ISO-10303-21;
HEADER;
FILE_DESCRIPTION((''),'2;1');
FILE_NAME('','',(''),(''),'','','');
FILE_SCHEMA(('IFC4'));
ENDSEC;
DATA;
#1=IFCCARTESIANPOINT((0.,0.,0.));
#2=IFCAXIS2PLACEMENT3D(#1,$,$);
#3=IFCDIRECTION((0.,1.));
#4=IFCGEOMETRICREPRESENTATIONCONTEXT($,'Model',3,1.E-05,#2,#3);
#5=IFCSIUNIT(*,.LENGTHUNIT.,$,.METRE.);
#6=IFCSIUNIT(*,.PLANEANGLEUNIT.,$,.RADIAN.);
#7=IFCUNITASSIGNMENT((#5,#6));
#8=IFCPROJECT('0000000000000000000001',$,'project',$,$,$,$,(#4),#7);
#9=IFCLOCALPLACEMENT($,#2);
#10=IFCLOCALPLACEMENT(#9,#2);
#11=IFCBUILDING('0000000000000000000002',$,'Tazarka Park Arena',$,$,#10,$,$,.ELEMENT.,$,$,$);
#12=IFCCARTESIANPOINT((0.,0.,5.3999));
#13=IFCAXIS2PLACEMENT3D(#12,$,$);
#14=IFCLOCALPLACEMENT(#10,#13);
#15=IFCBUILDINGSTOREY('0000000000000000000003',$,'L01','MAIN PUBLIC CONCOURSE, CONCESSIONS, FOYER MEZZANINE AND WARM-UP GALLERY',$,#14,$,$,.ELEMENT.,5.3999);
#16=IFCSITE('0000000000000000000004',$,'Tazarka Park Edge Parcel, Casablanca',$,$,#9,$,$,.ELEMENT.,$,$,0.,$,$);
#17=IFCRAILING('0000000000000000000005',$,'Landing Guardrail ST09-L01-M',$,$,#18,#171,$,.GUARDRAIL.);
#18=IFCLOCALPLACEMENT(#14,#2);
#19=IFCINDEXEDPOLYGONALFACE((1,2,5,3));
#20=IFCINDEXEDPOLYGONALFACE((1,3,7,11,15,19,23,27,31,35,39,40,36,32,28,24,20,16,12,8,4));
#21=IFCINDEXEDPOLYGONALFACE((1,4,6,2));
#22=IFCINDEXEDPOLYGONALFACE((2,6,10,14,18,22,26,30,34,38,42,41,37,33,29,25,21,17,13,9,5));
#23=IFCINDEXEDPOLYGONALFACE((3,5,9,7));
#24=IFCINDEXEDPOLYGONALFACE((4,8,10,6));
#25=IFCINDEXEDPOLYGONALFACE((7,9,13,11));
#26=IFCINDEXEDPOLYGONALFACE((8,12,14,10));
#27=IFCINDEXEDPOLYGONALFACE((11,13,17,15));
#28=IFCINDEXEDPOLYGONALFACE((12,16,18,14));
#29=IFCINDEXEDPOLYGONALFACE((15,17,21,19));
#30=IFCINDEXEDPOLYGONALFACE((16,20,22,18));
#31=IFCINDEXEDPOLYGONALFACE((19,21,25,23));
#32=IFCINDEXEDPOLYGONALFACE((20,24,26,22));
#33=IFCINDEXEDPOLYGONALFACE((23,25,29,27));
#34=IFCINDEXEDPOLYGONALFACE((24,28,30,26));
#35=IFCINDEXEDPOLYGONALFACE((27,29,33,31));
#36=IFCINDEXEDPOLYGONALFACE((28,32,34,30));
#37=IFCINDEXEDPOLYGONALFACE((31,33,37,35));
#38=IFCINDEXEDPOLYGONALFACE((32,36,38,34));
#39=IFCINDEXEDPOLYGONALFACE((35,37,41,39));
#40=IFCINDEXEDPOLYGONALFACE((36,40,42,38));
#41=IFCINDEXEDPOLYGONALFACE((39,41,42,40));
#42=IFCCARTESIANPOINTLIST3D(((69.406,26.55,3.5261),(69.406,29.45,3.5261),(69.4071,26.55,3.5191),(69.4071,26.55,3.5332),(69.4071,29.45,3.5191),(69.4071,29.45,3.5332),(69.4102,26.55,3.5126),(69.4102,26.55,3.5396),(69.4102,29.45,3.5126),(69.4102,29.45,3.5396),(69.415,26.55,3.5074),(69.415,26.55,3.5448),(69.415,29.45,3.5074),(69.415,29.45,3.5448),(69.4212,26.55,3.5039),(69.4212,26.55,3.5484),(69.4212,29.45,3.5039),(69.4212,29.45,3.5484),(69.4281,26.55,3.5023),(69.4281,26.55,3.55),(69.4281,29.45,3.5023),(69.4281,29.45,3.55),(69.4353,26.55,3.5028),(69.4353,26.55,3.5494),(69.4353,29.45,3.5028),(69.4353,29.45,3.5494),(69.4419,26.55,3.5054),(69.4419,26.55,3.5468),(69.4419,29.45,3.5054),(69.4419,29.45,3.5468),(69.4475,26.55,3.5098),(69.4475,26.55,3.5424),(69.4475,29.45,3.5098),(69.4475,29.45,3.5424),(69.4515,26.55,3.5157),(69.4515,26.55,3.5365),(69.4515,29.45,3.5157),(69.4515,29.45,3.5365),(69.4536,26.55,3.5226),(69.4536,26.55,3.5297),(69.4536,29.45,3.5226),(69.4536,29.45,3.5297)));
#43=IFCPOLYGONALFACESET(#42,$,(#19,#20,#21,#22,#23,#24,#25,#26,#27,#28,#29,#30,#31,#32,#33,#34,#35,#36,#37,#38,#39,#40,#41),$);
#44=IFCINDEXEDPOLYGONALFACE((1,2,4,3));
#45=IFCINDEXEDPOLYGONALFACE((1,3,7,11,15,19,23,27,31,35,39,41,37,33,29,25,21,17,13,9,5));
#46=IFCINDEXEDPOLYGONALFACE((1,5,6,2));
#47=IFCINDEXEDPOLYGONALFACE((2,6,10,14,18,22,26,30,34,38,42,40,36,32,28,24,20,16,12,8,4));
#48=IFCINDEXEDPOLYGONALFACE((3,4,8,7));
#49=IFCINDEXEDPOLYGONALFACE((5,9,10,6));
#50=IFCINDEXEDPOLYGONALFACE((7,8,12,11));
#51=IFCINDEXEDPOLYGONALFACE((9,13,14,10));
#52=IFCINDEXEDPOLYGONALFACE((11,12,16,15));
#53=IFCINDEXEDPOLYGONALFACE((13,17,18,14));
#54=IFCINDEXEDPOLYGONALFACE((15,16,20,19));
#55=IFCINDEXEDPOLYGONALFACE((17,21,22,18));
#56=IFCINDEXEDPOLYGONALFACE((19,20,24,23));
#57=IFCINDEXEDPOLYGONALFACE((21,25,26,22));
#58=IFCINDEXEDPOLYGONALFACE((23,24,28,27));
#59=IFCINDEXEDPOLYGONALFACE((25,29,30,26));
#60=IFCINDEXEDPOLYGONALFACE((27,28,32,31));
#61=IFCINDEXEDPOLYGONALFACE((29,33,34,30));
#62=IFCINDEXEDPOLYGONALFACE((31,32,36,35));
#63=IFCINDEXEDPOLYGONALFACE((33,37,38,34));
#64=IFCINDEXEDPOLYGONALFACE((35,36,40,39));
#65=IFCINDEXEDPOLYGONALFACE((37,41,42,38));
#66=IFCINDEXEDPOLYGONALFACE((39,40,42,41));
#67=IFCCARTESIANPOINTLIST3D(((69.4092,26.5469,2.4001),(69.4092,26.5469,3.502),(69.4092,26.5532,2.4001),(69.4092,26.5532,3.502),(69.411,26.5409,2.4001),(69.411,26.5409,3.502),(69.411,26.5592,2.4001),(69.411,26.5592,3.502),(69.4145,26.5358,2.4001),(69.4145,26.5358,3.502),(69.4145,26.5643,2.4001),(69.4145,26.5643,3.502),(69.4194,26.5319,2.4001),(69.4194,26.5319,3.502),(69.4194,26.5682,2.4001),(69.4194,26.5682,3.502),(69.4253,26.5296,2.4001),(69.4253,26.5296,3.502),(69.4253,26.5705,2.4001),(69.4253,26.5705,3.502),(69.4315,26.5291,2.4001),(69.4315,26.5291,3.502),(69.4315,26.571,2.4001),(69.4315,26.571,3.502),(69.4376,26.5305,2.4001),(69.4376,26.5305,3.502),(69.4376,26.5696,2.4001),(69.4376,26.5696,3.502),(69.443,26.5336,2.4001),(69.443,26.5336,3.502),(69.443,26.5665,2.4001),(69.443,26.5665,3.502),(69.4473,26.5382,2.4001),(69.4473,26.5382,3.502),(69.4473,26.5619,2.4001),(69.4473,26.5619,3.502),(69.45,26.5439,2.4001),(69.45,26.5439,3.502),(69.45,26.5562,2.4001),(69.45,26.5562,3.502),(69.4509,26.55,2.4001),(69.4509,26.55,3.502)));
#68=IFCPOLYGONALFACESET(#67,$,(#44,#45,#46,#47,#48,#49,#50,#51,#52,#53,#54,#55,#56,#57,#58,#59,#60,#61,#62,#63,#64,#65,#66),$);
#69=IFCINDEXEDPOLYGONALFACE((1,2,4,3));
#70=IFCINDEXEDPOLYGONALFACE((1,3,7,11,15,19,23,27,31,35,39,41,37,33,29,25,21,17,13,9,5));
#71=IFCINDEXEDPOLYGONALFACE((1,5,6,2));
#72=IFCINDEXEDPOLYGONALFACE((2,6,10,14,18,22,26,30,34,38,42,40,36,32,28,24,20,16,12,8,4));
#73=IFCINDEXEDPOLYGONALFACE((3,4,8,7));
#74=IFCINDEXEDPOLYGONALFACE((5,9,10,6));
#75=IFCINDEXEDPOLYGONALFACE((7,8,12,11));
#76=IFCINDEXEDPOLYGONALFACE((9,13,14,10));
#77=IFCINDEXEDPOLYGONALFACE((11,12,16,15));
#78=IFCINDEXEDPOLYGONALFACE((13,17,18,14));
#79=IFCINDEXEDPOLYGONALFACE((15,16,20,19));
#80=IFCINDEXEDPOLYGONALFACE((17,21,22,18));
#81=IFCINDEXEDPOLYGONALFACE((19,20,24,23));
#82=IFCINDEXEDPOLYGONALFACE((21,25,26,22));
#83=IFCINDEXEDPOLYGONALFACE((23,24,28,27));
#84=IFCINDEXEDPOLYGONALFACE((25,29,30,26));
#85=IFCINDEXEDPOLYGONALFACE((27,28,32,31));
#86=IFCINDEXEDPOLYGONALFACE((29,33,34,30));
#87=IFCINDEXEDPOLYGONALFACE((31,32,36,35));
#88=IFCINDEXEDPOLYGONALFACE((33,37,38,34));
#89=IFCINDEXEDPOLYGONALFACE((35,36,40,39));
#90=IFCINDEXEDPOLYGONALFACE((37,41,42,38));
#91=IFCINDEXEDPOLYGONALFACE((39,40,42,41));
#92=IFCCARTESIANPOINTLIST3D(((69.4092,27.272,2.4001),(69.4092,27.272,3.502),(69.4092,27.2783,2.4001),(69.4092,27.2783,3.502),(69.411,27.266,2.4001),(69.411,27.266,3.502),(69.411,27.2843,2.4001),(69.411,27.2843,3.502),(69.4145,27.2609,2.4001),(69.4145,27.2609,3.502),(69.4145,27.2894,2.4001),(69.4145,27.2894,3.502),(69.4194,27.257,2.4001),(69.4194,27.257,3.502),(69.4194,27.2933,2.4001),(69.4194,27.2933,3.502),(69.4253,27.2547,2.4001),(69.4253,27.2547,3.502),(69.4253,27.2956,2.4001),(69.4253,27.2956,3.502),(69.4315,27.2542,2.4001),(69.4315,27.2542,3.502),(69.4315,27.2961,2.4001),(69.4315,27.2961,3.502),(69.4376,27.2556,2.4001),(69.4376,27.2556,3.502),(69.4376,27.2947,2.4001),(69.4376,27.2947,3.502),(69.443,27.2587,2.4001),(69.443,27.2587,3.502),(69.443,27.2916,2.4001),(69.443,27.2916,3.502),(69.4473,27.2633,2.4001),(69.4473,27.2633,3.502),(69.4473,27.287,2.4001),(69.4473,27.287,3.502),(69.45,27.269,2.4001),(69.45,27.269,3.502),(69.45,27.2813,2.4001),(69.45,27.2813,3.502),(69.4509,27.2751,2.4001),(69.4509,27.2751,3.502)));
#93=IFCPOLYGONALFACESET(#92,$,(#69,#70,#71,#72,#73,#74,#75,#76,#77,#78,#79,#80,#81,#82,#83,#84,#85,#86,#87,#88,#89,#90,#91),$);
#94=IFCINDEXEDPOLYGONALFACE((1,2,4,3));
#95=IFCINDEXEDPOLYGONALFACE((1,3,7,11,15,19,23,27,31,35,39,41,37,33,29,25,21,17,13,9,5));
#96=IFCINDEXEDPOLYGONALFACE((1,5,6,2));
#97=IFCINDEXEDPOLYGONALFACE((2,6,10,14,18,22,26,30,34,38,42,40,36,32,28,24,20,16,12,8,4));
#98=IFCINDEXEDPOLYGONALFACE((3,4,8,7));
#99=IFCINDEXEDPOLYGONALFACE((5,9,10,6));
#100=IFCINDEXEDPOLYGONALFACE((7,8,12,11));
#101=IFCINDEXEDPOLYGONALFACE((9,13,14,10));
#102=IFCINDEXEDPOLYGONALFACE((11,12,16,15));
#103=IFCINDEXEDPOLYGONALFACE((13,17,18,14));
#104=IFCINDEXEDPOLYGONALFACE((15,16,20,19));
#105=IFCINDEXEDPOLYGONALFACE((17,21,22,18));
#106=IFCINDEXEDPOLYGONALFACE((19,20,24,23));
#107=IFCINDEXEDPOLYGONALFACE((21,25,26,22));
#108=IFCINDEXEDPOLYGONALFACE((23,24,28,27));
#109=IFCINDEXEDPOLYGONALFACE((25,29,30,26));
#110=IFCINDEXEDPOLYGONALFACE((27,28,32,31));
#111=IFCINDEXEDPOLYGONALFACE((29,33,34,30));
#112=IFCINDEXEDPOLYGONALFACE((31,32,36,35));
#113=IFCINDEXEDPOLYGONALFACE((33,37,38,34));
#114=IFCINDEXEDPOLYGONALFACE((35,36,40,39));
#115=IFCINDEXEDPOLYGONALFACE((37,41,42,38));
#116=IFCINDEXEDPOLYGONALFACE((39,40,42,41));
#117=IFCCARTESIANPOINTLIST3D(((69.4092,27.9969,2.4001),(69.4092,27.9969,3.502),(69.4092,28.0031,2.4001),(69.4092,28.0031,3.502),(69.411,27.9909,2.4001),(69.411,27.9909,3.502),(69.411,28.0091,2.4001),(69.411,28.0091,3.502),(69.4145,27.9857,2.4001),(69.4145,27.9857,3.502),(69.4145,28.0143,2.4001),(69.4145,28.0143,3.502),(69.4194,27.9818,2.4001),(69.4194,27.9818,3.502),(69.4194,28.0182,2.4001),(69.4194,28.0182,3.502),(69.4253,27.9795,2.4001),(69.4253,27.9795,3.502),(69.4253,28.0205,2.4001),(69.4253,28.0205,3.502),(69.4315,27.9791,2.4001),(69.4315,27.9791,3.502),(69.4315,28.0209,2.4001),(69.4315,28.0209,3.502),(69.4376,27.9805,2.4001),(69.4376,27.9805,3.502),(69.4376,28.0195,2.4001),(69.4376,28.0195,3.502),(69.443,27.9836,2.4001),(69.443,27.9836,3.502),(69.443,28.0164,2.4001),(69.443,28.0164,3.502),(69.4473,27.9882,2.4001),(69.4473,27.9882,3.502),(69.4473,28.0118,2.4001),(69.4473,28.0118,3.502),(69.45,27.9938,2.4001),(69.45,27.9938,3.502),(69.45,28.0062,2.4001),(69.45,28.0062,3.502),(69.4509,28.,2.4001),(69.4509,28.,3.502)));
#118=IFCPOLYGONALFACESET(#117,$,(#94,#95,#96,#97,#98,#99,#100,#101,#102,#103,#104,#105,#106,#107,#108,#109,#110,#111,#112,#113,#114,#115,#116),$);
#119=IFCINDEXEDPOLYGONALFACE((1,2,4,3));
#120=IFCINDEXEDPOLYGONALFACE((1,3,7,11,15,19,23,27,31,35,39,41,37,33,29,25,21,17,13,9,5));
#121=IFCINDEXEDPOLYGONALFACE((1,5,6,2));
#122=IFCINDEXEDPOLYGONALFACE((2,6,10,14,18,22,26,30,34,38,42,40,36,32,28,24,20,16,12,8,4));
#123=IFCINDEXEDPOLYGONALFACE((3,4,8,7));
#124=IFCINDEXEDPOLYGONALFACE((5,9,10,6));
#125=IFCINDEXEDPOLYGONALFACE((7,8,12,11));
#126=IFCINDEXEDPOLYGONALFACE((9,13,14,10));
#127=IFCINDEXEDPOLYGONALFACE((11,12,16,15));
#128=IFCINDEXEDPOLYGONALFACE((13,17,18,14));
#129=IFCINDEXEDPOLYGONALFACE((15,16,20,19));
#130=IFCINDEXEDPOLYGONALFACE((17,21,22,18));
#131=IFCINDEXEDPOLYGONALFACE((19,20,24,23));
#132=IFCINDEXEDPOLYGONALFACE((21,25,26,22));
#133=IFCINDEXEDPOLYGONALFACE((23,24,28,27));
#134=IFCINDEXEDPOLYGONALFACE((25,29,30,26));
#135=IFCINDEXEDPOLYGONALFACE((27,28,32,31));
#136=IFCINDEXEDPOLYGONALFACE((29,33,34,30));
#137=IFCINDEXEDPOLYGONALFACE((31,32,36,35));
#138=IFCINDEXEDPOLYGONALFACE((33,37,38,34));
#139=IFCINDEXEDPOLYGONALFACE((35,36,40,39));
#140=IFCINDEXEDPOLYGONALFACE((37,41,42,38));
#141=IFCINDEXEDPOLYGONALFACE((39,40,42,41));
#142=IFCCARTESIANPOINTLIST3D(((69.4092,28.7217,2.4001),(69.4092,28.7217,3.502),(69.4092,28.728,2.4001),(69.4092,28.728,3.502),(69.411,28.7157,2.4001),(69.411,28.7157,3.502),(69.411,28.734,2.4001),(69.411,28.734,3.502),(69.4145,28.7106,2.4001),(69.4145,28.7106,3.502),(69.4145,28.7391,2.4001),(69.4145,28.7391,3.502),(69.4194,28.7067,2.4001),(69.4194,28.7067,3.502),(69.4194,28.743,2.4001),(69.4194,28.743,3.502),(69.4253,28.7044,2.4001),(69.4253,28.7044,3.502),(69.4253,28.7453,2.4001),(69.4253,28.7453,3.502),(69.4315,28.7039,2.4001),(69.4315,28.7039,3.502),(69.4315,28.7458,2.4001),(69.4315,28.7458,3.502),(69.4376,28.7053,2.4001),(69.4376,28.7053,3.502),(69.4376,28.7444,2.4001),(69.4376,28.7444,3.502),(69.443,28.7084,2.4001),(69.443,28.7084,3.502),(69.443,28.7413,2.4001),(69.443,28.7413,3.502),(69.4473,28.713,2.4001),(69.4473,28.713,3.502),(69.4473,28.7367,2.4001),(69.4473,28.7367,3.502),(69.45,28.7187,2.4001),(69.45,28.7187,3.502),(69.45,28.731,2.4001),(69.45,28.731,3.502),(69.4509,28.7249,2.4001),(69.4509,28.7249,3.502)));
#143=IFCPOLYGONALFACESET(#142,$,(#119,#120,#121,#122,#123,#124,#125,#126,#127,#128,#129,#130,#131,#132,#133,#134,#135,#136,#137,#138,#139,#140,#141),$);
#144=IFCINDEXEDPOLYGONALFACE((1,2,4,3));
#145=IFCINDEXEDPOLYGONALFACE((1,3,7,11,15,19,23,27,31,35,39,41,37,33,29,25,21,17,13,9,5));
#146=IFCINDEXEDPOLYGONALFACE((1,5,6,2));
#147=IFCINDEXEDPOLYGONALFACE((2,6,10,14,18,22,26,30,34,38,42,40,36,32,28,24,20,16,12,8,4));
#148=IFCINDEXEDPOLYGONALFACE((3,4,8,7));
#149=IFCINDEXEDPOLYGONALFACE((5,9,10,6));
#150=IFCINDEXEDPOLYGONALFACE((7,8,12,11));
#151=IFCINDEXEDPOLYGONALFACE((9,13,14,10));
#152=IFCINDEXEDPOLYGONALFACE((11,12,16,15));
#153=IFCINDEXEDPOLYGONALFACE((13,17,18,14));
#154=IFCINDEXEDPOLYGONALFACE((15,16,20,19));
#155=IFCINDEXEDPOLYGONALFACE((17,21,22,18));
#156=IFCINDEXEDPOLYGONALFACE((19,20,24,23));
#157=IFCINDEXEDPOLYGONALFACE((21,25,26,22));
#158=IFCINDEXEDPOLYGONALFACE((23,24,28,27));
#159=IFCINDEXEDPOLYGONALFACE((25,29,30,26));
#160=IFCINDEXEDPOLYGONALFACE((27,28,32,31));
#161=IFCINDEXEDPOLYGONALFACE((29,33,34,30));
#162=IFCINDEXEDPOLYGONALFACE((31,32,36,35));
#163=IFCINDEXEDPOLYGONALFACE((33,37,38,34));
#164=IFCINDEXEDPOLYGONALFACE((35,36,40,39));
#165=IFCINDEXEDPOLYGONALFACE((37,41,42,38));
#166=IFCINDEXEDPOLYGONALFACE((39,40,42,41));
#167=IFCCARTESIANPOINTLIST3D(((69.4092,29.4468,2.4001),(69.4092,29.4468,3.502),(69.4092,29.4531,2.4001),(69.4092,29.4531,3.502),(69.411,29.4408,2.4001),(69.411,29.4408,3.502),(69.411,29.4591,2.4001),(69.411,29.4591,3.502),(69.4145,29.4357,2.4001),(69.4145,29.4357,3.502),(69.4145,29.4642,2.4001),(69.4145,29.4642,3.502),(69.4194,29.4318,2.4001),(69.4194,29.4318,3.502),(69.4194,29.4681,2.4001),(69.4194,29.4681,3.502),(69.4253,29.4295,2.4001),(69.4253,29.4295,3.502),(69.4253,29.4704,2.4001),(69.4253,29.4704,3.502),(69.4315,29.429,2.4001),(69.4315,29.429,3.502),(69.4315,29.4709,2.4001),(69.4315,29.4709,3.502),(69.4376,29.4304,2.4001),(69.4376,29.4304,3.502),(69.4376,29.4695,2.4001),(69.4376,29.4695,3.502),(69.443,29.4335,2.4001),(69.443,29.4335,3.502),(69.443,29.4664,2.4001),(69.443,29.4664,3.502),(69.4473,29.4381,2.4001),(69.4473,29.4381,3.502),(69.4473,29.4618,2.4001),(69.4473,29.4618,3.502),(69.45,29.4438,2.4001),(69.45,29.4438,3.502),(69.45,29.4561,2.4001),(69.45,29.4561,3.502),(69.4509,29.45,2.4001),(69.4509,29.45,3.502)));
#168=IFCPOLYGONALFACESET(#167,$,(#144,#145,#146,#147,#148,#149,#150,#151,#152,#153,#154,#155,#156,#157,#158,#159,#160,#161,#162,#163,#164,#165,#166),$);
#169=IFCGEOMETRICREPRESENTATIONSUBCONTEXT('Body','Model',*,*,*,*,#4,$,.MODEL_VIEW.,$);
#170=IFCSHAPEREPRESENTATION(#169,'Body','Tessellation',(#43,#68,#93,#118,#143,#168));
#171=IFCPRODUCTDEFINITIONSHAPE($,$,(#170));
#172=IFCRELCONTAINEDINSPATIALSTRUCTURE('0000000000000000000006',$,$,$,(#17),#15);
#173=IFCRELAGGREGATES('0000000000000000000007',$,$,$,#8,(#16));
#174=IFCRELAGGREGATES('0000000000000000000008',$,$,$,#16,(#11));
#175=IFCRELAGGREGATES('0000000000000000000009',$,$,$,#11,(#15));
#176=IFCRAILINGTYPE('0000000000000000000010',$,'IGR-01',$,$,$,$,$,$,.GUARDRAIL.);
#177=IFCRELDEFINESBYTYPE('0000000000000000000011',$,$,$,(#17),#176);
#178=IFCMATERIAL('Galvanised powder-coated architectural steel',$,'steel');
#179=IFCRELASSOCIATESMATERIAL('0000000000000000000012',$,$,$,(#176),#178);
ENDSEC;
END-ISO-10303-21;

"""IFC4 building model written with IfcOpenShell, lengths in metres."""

from ifc_helpers import new_model, si_unit, direction, frame, origin, origin_2d, place, context, subcontext, project, spatial, circle, extrude, material, type_object, element, save


model = new_model("IFC4")

# Units and contexts
model_context = context("Model", 3, precision=1e-05, world=origin(), true_north=direction((0.0, 1.0)))
body_context = subcontext(model_context, "Body", "Model", "MODEL_VIEW")
ifc_project = project(units=[si_unit("LENGTHUNIT", "METRE"), si_unit("PLANEANGLEUNIT", "RADIAN")], contexts=[model_context])

# Site, building, storey
site_placement = place(None, origin())
site = spatial("IfcSite", under=ifc_project, at=site_placement, Name="Tazarka Park Edge Parcel, Casablanca", CompositionType="ELEMENT", RefElevation=0.0)
building_placement = place(site_placement, origin())
building = spatial("IfcBuilding", under=site, at=building_placement, Name="Tazarka Park Arena", CompositionType="ELEMENT")
storey_placement = place(building_placement, frame((0.0, 0.0, 5.3999)))
storey = spatial("IfcBuildingStorey", under=building, at=storey_placement, Name="L01", Description="MAIN PUBLIC CONCOURSE, CONCESSIONS, FOYER MEZZANINE AND WARM-UP GALLERY", CompositionType="ELEMENT", Elevation=5.3999)

# Railing
ifc_material_1 = material(Name="Galvanised powder-coated architectural steel", Category="steel")
railing_type_1 = type_object("IfcRailingType", Name="IGR-01", PredefinedType="GUARDRAIL", material=ifc_material_1)
for number, where, name in (
    (1, (69.4299, 26.55, 2.4001), "Landing Guardrail ST09-L01-M"),
):
    element("IfcRailing", number, at=place(storey_placement, frame(where)), inside=storey, type_object=railing_type_1, Name=name, PredefinedType="GUARDRAIL", context=body_context, shape_type="SweptSolid", body=[
        extrude(circle(Radius=0.0239, at=origin_2d()), frame((0.0, 0.0, 1.126), z_axis=(0.0, 1.0, 0.0), x_axis=(-1.0, 0.0, 0.0)), (0.0, 0.0, 1.0), 2.8999),
        extrude(circle(Radius=0.021, at=origin_2d()), origin(), (0.0, 0.0, 1.0), 1.1018),
        extrude(circle(Radius=0.021, at=origin_2d()), frame((0.0, 0.7251, 0.0)), (0.0, 0.0, 1.0), 1.1018),
        extrude(circle(Radius=0.021, at=origin_2d()), frame((0.0, 1.45, 0.0)), (0.0, 0.0, 1.0), 1.1018),
        extrude(circle(Radius=0.021, at=origin_2d()), frame((0.0, 2.1748, 0.0)), (0.0, 0.0, 1.0), 1.1018),
        extrude(circle(Radius=0.021, at=origin_2d()), frame((0.0, 2.8999, 0.0)), (0.0, 0.0, 1.0), 1.1018),
    ])

save(model, "model.ifc")
